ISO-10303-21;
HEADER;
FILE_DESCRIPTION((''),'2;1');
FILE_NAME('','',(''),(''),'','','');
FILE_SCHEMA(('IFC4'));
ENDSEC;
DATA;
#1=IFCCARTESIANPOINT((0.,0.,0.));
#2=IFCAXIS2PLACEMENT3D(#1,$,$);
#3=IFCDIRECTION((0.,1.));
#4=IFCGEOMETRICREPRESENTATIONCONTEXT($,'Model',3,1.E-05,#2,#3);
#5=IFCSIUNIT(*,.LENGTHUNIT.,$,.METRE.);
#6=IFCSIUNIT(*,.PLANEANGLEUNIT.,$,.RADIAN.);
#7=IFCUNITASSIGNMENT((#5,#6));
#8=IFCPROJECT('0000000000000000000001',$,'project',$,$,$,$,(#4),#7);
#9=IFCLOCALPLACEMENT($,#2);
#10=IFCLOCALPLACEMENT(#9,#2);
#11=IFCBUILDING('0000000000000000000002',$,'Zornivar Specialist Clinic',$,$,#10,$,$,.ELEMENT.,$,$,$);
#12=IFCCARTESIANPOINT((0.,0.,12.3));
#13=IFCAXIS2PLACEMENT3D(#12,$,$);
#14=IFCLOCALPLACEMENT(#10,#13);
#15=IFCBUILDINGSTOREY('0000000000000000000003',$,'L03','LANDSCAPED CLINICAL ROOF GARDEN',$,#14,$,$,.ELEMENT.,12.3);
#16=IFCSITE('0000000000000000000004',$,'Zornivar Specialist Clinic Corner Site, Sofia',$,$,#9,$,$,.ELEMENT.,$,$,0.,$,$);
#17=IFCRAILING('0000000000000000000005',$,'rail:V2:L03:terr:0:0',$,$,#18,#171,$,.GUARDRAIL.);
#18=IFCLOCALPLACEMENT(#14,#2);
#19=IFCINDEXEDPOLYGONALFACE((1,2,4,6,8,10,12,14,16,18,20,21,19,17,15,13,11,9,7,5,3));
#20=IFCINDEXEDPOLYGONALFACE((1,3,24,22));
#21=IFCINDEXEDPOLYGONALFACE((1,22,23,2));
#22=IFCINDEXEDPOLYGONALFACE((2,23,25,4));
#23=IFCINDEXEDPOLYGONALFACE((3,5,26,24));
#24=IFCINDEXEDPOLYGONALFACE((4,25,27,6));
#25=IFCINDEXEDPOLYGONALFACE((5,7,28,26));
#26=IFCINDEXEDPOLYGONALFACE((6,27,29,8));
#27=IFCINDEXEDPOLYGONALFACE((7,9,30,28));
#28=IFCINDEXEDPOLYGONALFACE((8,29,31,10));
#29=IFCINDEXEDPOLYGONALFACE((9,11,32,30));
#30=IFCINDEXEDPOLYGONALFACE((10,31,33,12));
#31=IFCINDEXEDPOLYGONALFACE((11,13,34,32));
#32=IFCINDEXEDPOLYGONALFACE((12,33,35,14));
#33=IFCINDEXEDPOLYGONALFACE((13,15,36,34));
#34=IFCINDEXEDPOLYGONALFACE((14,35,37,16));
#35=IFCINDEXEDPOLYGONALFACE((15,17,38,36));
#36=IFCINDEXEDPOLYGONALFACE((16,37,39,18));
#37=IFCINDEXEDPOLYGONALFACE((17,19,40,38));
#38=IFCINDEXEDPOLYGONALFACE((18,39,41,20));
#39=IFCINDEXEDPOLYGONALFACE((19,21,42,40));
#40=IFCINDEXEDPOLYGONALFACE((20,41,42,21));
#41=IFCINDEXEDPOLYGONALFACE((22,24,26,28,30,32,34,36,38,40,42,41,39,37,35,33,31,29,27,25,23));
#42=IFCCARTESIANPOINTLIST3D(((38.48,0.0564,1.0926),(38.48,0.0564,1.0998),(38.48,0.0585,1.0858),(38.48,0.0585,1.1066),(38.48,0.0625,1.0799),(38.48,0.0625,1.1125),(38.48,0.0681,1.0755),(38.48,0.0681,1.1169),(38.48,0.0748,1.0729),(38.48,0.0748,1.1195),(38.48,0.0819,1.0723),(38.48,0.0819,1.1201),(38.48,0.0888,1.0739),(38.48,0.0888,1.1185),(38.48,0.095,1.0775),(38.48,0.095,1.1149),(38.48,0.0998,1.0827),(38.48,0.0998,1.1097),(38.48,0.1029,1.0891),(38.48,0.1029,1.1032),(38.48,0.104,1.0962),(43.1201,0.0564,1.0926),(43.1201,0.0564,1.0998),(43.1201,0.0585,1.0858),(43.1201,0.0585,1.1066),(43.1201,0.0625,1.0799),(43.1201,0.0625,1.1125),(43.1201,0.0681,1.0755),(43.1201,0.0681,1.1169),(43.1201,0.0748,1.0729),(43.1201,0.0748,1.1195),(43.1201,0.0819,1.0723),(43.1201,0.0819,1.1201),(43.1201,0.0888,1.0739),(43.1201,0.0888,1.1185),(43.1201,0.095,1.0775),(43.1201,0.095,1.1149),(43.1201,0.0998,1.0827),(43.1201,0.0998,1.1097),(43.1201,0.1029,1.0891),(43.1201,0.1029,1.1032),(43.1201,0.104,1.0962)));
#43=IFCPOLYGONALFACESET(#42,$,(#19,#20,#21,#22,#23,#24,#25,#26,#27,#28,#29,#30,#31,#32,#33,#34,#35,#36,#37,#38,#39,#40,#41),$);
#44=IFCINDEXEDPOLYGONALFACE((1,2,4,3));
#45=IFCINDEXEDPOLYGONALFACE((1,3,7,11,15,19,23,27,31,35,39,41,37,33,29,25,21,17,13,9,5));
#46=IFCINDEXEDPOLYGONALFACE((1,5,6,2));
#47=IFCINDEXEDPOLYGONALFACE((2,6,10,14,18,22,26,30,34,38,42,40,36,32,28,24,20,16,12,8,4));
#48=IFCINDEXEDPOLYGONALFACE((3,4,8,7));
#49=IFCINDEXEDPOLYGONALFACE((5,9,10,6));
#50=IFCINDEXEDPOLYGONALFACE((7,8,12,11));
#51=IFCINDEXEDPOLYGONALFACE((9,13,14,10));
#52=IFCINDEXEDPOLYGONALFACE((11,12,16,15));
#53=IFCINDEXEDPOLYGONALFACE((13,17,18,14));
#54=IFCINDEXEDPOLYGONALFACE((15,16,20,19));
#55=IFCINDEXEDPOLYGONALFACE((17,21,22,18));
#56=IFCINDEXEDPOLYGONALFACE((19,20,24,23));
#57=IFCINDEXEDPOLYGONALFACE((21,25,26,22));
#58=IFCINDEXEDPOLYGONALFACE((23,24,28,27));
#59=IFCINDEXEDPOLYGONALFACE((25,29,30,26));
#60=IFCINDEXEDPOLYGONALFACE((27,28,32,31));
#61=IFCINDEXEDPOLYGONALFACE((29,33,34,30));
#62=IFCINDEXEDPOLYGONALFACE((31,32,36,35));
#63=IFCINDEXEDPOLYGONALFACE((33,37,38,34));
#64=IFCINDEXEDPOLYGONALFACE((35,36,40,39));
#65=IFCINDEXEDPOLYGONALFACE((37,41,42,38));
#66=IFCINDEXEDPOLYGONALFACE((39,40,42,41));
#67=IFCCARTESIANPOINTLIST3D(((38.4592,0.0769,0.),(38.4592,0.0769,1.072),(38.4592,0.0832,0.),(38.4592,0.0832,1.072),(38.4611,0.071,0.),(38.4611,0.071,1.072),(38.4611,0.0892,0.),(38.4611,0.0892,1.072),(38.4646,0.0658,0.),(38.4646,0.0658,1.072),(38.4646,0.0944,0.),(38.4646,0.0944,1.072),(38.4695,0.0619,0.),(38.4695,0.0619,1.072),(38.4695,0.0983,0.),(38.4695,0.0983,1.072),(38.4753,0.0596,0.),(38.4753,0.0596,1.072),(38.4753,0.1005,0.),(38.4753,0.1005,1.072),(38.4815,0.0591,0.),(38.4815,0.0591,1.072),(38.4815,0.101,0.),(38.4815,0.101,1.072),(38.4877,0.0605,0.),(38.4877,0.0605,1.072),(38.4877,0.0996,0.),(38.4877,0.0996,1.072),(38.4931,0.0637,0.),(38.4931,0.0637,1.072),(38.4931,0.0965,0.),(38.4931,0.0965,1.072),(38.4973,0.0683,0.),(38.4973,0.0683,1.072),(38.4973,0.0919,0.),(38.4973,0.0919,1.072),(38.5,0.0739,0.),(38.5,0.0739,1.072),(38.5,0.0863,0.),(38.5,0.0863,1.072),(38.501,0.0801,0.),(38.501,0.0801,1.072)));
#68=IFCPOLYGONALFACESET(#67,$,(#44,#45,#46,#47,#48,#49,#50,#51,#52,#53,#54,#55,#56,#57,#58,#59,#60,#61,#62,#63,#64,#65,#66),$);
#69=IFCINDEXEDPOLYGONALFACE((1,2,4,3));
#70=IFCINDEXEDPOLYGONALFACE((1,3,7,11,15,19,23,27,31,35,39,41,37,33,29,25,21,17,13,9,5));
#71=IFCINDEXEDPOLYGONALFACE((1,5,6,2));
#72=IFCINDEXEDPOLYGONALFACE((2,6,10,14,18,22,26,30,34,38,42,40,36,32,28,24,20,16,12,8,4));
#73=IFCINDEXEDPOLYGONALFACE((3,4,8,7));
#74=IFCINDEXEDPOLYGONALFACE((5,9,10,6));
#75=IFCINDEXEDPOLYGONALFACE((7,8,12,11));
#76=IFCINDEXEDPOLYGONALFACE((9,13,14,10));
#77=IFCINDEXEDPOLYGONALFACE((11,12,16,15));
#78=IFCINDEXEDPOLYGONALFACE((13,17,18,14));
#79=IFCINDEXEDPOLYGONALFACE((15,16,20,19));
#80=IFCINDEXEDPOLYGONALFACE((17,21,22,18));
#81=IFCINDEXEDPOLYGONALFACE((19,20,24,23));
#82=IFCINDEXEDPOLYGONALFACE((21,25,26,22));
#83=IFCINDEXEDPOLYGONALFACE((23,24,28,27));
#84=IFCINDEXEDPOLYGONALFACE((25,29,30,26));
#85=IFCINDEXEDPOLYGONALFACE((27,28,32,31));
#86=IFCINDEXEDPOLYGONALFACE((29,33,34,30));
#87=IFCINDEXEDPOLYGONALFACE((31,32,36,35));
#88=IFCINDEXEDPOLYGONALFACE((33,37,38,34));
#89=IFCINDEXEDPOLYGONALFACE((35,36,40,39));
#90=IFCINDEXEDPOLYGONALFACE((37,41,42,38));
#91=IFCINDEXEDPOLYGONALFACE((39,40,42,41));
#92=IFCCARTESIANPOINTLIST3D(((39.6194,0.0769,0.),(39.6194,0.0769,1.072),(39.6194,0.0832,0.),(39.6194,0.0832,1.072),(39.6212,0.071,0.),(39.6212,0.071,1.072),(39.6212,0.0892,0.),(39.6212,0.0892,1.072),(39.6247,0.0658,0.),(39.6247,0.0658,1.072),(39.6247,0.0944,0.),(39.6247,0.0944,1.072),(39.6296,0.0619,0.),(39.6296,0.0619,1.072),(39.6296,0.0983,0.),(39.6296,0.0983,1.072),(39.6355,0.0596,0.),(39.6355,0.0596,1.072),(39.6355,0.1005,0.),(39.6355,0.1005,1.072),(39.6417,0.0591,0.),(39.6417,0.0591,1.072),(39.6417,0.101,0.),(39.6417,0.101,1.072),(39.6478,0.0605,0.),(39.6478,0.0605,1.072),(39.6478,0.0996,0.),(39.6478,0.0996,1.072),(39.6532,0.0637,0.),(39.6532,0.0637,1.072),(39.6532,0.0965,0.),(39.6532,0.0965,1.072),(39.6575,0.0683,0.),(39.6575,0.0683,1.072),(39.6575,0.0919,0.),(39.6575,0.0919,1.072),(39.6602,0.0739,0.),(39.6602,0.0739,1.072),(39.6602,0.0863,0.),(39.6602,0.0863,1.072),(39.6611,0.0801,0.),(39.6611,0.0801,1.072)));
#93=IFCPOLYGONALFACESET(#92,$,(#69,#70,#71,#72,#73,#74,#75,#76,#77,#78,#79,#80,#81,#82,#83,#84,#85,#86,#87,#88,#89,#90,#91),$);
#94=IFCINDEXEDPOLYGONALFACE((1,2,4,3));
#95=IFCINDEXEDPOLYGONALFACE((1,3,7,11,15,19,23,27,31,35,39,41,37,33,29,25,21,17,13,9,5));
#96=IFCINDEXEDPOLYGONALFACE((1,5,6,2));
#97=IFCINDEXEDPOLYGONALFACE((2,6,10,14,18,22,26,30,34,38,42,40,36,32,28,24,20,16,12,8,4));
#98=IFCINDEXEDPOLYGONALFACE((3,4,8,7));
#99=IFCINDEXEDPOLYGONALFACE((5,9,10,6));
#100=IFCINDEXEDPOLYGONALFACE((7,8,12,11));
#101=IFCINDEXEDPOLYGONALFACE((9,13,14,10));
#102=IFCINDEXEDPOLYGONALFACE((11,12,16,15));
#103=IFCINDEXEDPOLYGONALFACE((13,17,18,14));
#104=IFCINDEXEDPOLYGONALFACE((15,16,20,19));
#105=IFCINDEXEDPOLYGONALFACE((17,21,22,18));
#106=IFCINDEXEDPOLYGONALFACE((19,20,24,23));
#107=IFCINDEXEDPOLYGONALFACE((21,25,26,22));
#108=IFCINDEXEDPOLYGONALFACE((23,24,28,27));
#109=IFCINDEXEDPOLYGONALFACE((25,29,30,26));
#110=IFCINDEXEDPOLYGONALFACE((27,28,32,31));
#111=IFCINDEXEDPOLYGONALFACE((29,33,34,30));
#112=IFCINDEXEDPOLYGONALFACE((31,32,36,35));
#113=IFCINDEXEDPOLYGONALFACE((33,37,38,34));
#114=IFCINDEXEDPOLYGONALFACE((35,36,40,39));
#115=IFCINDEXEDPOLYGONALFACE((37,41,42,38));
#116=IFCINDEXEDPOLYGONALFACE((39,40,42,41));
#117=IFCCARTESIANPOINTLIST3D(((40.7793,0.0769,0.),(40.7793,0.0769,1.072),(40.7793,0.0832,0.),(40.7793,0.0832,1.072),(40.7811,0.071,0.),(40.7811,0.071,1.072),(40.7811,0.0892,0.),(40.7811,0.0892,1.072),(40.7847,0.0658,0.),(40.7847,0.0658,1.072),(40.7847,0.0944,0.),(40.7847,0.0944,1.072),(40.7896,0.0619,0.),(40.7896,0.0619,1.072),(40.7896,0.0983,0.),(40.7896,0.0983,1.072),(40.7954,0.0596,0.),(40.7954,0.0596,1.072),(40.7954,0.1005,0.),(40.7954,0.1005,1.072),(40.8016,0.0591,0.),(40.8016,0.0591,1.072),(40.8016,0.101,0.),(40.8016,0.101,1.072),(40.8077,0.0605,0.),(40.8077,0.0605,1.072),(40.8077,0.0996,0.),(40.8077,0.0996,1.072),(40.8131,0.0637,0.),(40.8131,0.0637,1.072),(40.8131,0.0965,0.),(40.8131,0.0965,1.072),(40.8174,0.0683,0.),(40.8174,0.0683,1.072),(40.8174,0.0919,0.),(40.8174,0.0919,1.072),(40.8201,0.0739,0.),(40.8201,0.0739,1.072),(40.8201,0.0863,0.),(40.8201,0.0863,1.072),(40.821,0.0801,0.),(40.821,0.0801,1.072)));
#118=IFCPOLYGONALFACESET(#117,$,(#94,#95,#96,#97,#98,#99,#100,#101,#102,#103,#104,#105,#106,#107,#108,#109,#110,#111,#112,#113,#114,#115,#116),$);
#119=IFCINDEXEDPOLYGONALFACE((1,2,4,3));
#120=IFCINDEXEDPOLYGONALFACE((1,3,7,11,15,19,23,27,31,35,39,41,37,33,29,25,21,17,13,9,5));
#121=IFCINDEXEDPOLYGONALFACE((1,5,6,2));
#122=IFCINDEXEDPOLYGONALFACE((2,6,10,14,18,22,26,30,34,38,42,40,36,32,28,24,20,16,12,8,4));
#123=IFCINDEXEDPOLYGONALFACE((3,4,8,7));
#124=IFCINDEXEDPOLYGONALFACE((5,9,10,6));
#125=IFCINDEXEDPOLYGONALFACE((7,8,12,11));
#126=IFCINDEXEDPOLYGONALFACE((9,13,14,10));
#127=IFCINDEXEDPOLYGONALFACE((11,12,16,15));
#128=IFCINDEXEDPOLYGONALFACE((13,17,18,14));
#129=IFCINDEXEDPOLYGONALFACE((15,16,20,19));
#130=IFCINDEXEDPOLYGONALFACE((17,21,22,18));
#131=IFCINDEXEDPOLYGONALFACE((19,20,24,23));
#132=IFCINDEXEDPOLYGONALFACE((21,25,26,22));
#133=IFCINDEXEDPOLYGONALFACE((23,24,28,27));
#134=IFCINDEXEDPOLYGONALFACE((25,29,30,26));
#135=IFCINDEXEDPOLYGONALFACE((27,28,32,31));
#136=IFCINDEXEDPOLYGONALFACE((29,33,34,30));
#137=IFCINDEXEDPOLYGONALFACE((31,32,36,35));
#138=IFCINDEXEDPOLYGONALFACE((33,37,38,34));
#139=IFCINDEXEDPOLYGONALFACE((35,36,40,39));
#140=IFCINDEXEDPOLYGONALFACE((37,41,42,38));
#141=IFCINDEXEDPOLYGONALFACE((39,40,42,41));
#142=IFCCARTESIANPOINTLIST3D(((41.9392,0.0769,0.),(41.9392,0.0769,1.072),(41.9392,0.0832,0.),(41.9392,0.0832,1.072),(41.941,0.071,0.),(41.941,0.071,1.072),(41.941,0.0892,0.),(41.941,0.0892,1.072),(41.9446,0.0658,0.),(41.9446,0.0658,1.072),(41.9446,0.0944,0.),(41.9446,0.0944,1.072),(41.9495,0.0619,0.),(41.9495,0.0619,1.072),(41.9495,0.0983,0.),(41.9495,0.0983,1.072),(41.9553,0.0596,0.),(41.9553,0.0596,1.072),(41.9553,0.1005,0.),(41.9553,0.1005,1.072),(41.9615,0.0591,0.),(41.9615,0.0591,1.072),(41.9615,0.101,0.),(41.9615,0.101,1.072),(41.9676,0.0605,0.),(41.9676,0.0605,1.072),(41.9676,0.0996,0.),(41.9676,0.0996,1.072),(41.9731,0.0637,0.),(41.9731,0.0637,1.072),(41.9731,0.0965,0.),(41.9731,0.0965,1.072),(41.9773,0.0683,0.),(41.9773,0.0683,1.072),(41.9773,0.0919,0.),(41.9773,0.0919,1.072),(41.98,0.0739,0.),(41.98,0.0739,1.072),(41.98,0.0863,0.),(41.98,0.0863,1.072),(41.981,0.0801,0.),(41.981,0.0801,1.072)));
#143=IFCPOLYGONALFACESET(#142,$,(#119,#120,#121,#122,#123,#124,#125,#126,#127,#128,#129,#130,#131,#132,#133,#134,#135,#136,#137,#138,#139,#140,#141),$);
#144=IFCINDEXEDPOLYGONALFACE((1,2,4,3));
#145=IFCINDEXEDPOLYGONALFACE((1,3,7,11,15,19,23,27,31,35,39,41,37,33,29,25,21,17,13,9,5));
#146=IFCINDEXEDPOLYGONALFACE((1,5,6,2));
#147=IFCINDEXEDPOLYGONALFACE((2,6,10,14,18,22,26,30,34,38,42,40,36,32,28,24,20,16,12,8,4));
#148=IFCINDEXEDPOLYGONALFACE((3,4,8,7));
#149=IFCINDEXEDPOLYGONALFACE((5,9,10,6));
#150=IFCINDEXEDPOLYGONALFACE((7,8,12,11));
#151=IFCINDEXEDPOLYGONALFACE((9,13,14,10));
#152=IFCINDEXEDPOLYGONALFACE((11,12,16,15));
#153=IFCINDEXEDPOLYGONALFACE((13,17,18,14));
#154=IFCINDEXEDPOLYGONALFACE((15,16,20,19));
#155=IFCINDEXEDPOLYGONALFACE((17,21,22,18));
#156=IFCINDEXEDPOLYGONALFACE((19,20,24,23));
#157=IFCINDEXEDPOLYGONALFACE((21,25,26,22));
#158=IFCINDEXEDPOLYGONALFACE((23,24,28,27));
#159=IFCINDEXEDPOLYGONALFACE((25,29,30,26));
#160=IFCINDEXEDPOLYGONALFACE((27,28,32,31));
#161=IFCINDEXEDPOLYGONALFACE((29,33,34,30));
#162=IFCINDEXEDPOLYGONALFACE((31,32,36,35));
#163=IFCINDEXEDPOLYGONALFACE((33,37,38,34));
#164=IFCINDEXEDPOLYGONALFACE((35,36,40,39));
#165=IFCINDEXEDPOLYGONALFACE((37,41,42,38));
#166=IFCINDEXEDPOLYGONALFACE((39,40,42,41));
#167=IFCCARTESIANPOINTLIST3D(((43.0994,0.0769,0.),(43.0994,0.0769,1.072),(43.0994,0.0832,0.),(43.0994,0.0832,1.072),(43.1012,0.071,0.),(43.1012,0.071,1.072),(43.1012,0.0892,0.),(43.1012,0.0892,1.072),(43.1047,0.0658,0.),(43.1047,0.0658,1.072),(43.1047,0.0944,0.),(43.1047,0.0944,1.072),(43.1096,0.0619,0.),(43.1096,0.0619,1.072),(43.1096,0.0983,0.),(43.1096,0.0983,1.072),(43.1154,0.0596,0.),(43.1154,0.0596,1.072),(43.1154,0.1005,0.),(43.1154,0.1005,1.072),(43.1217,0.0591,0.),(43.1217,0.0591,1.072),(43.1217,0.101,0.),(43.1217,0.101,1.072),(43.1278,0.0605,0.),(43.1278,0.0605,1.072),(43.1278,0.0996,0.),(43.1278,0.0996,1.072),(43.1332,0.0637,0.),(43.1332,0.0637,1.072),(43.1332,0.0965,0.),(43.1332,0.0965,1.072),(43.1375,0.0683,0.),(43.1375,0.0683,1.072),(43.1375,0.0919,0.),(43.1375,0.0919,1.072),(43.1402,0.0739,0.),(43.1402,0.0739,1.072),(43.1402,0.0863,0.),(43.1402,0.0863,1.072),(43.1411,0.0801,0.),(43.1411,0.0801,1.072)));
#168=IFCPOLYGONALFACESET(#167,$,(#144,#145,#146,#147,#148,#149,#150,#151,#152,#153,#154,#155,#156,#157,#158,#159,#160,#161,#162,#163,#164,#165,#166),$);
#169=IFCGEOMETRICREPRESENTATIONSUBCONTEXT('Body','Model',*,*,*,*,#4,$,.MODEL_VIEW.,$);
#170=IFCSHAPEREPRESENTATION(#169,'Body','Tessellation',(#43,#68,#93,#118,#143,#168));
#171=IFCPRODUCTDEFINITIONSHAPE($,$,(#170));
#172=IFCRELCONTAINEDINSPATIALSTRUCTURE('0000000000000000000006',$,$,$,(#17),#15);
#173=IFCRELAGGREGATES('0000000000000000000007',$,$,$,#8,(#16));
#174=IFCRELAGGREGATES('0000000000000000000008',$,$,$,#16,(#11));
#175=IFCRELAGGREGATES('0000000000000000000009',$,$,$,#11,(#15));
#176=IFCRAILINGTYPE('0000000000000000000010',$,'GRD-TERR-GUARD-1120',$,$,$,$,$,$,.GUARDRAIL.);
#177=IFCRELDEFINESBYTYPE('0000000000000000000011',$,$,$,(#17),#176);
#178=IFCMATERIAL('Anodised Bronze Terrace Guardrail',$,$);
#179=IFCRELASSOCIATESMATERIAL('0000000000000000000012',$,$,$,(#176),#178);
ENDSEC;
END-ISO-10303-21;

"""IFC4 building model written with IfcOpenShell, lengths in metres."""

from ifc_helpers import new_model, si_unit, direction, frame, origin, origin_2d, place, context, subcontext, project, spatial, circle, extrude, material, type_object, element, save


model = new_model("IFC4")

# Units and contexts
model_context = context("Model", 3, precision=1e-05, world=origin(), true_north=direction((0.0, 1.0)))
body_context = subcontext(model_context, "Body", "Model", "MODEL_VIEW")
ifc_project = project(units=[si_unit("LENGTHUNIT", "METRE"), si_unit("PLANEANGLEUNIT", "RADIAN")], contexts=[model_context])

# Site, building, storey
site_placement = place(None, origin())
site = spatial("IfcSite", under=ifc_project, at=site_placement, Name="Zornivar Specialist Clinic Corner Site, Sofia", CompositionType="ELEMENT", RefElevation=0.0)
building_placement = place(site_placement, origin())
building = spatial("IfcBuilding", under=site, at=building_placement, Name="Zornivar Specialist Clinic", CompositionType="ELEMENT")
storey_placement = place(building_placement, frame((0.0, 0.0, 12.3)))
storey = spatial("IfcBuildingStorey", under=building, at=storey_placement, Name="L03", Description="LANDSCAPED CLINICAL ROOF GARDEN", CompositionType="ELEMENT", Elevation=12.3)

# Railing
ifc_material_1 = material(Name="Anodised Bronze Terrace Guardrail")
railing_type = type_object("IfcRailingType", Name="GRD-TERR-GUARD-1120", PredefinedType="GUARDRAIL", material=ifc_material_1)
railing_1_placement = place(storey_placement, frame((38.48, 0.0801, 0.0)))
element("IfcRailing", 1, at=railing_1_placement, inside=storey, type_object=railing_type, Name="rail:V2:L03:terr:0:0", PredefinedType="GUARDRAIL", context=body_context, shape_type="SweptSolid", body=[
    extrude(circle(Radius=0.0239, at=origin_2d()), frame((0.0, 0.0, 1.0962), z_axis=(1.0, 0.0, 0.0), x_axis=(0.0, 1.0, 0.0)), (0.0, 0.0, 1.0), 4.6401),
    extrude(circle(Radius=0.021, at=origin_2d()), origin(), (0.0, 0.0, 1.0), 1.072),
    extrude(circle(Radius=0.021, at=origin_2d()), frame((1.1602, 0.0, 0.0)), (0.0, 0.0, 1.0), 1.072),
    extrude(circle(Radius=0.021, at=origin_2d()), frame((2.3201, 0.0, 0.0)), (0.0, 0.0, 1.0), 1.072),
    extrude(circle(Radius=0.021, at=origin_2d()), frame((3.48, 0.0, 0.0)), (0.0, 0.0, 1.0), 1.072),
    extrude(circle(Radius=0.021, at=origin_2d()), frame((4.6401, 0.0, 0.0)), (0.0, 0.0, 1.0), 1.072),
])

save(model, "model.ifc")
